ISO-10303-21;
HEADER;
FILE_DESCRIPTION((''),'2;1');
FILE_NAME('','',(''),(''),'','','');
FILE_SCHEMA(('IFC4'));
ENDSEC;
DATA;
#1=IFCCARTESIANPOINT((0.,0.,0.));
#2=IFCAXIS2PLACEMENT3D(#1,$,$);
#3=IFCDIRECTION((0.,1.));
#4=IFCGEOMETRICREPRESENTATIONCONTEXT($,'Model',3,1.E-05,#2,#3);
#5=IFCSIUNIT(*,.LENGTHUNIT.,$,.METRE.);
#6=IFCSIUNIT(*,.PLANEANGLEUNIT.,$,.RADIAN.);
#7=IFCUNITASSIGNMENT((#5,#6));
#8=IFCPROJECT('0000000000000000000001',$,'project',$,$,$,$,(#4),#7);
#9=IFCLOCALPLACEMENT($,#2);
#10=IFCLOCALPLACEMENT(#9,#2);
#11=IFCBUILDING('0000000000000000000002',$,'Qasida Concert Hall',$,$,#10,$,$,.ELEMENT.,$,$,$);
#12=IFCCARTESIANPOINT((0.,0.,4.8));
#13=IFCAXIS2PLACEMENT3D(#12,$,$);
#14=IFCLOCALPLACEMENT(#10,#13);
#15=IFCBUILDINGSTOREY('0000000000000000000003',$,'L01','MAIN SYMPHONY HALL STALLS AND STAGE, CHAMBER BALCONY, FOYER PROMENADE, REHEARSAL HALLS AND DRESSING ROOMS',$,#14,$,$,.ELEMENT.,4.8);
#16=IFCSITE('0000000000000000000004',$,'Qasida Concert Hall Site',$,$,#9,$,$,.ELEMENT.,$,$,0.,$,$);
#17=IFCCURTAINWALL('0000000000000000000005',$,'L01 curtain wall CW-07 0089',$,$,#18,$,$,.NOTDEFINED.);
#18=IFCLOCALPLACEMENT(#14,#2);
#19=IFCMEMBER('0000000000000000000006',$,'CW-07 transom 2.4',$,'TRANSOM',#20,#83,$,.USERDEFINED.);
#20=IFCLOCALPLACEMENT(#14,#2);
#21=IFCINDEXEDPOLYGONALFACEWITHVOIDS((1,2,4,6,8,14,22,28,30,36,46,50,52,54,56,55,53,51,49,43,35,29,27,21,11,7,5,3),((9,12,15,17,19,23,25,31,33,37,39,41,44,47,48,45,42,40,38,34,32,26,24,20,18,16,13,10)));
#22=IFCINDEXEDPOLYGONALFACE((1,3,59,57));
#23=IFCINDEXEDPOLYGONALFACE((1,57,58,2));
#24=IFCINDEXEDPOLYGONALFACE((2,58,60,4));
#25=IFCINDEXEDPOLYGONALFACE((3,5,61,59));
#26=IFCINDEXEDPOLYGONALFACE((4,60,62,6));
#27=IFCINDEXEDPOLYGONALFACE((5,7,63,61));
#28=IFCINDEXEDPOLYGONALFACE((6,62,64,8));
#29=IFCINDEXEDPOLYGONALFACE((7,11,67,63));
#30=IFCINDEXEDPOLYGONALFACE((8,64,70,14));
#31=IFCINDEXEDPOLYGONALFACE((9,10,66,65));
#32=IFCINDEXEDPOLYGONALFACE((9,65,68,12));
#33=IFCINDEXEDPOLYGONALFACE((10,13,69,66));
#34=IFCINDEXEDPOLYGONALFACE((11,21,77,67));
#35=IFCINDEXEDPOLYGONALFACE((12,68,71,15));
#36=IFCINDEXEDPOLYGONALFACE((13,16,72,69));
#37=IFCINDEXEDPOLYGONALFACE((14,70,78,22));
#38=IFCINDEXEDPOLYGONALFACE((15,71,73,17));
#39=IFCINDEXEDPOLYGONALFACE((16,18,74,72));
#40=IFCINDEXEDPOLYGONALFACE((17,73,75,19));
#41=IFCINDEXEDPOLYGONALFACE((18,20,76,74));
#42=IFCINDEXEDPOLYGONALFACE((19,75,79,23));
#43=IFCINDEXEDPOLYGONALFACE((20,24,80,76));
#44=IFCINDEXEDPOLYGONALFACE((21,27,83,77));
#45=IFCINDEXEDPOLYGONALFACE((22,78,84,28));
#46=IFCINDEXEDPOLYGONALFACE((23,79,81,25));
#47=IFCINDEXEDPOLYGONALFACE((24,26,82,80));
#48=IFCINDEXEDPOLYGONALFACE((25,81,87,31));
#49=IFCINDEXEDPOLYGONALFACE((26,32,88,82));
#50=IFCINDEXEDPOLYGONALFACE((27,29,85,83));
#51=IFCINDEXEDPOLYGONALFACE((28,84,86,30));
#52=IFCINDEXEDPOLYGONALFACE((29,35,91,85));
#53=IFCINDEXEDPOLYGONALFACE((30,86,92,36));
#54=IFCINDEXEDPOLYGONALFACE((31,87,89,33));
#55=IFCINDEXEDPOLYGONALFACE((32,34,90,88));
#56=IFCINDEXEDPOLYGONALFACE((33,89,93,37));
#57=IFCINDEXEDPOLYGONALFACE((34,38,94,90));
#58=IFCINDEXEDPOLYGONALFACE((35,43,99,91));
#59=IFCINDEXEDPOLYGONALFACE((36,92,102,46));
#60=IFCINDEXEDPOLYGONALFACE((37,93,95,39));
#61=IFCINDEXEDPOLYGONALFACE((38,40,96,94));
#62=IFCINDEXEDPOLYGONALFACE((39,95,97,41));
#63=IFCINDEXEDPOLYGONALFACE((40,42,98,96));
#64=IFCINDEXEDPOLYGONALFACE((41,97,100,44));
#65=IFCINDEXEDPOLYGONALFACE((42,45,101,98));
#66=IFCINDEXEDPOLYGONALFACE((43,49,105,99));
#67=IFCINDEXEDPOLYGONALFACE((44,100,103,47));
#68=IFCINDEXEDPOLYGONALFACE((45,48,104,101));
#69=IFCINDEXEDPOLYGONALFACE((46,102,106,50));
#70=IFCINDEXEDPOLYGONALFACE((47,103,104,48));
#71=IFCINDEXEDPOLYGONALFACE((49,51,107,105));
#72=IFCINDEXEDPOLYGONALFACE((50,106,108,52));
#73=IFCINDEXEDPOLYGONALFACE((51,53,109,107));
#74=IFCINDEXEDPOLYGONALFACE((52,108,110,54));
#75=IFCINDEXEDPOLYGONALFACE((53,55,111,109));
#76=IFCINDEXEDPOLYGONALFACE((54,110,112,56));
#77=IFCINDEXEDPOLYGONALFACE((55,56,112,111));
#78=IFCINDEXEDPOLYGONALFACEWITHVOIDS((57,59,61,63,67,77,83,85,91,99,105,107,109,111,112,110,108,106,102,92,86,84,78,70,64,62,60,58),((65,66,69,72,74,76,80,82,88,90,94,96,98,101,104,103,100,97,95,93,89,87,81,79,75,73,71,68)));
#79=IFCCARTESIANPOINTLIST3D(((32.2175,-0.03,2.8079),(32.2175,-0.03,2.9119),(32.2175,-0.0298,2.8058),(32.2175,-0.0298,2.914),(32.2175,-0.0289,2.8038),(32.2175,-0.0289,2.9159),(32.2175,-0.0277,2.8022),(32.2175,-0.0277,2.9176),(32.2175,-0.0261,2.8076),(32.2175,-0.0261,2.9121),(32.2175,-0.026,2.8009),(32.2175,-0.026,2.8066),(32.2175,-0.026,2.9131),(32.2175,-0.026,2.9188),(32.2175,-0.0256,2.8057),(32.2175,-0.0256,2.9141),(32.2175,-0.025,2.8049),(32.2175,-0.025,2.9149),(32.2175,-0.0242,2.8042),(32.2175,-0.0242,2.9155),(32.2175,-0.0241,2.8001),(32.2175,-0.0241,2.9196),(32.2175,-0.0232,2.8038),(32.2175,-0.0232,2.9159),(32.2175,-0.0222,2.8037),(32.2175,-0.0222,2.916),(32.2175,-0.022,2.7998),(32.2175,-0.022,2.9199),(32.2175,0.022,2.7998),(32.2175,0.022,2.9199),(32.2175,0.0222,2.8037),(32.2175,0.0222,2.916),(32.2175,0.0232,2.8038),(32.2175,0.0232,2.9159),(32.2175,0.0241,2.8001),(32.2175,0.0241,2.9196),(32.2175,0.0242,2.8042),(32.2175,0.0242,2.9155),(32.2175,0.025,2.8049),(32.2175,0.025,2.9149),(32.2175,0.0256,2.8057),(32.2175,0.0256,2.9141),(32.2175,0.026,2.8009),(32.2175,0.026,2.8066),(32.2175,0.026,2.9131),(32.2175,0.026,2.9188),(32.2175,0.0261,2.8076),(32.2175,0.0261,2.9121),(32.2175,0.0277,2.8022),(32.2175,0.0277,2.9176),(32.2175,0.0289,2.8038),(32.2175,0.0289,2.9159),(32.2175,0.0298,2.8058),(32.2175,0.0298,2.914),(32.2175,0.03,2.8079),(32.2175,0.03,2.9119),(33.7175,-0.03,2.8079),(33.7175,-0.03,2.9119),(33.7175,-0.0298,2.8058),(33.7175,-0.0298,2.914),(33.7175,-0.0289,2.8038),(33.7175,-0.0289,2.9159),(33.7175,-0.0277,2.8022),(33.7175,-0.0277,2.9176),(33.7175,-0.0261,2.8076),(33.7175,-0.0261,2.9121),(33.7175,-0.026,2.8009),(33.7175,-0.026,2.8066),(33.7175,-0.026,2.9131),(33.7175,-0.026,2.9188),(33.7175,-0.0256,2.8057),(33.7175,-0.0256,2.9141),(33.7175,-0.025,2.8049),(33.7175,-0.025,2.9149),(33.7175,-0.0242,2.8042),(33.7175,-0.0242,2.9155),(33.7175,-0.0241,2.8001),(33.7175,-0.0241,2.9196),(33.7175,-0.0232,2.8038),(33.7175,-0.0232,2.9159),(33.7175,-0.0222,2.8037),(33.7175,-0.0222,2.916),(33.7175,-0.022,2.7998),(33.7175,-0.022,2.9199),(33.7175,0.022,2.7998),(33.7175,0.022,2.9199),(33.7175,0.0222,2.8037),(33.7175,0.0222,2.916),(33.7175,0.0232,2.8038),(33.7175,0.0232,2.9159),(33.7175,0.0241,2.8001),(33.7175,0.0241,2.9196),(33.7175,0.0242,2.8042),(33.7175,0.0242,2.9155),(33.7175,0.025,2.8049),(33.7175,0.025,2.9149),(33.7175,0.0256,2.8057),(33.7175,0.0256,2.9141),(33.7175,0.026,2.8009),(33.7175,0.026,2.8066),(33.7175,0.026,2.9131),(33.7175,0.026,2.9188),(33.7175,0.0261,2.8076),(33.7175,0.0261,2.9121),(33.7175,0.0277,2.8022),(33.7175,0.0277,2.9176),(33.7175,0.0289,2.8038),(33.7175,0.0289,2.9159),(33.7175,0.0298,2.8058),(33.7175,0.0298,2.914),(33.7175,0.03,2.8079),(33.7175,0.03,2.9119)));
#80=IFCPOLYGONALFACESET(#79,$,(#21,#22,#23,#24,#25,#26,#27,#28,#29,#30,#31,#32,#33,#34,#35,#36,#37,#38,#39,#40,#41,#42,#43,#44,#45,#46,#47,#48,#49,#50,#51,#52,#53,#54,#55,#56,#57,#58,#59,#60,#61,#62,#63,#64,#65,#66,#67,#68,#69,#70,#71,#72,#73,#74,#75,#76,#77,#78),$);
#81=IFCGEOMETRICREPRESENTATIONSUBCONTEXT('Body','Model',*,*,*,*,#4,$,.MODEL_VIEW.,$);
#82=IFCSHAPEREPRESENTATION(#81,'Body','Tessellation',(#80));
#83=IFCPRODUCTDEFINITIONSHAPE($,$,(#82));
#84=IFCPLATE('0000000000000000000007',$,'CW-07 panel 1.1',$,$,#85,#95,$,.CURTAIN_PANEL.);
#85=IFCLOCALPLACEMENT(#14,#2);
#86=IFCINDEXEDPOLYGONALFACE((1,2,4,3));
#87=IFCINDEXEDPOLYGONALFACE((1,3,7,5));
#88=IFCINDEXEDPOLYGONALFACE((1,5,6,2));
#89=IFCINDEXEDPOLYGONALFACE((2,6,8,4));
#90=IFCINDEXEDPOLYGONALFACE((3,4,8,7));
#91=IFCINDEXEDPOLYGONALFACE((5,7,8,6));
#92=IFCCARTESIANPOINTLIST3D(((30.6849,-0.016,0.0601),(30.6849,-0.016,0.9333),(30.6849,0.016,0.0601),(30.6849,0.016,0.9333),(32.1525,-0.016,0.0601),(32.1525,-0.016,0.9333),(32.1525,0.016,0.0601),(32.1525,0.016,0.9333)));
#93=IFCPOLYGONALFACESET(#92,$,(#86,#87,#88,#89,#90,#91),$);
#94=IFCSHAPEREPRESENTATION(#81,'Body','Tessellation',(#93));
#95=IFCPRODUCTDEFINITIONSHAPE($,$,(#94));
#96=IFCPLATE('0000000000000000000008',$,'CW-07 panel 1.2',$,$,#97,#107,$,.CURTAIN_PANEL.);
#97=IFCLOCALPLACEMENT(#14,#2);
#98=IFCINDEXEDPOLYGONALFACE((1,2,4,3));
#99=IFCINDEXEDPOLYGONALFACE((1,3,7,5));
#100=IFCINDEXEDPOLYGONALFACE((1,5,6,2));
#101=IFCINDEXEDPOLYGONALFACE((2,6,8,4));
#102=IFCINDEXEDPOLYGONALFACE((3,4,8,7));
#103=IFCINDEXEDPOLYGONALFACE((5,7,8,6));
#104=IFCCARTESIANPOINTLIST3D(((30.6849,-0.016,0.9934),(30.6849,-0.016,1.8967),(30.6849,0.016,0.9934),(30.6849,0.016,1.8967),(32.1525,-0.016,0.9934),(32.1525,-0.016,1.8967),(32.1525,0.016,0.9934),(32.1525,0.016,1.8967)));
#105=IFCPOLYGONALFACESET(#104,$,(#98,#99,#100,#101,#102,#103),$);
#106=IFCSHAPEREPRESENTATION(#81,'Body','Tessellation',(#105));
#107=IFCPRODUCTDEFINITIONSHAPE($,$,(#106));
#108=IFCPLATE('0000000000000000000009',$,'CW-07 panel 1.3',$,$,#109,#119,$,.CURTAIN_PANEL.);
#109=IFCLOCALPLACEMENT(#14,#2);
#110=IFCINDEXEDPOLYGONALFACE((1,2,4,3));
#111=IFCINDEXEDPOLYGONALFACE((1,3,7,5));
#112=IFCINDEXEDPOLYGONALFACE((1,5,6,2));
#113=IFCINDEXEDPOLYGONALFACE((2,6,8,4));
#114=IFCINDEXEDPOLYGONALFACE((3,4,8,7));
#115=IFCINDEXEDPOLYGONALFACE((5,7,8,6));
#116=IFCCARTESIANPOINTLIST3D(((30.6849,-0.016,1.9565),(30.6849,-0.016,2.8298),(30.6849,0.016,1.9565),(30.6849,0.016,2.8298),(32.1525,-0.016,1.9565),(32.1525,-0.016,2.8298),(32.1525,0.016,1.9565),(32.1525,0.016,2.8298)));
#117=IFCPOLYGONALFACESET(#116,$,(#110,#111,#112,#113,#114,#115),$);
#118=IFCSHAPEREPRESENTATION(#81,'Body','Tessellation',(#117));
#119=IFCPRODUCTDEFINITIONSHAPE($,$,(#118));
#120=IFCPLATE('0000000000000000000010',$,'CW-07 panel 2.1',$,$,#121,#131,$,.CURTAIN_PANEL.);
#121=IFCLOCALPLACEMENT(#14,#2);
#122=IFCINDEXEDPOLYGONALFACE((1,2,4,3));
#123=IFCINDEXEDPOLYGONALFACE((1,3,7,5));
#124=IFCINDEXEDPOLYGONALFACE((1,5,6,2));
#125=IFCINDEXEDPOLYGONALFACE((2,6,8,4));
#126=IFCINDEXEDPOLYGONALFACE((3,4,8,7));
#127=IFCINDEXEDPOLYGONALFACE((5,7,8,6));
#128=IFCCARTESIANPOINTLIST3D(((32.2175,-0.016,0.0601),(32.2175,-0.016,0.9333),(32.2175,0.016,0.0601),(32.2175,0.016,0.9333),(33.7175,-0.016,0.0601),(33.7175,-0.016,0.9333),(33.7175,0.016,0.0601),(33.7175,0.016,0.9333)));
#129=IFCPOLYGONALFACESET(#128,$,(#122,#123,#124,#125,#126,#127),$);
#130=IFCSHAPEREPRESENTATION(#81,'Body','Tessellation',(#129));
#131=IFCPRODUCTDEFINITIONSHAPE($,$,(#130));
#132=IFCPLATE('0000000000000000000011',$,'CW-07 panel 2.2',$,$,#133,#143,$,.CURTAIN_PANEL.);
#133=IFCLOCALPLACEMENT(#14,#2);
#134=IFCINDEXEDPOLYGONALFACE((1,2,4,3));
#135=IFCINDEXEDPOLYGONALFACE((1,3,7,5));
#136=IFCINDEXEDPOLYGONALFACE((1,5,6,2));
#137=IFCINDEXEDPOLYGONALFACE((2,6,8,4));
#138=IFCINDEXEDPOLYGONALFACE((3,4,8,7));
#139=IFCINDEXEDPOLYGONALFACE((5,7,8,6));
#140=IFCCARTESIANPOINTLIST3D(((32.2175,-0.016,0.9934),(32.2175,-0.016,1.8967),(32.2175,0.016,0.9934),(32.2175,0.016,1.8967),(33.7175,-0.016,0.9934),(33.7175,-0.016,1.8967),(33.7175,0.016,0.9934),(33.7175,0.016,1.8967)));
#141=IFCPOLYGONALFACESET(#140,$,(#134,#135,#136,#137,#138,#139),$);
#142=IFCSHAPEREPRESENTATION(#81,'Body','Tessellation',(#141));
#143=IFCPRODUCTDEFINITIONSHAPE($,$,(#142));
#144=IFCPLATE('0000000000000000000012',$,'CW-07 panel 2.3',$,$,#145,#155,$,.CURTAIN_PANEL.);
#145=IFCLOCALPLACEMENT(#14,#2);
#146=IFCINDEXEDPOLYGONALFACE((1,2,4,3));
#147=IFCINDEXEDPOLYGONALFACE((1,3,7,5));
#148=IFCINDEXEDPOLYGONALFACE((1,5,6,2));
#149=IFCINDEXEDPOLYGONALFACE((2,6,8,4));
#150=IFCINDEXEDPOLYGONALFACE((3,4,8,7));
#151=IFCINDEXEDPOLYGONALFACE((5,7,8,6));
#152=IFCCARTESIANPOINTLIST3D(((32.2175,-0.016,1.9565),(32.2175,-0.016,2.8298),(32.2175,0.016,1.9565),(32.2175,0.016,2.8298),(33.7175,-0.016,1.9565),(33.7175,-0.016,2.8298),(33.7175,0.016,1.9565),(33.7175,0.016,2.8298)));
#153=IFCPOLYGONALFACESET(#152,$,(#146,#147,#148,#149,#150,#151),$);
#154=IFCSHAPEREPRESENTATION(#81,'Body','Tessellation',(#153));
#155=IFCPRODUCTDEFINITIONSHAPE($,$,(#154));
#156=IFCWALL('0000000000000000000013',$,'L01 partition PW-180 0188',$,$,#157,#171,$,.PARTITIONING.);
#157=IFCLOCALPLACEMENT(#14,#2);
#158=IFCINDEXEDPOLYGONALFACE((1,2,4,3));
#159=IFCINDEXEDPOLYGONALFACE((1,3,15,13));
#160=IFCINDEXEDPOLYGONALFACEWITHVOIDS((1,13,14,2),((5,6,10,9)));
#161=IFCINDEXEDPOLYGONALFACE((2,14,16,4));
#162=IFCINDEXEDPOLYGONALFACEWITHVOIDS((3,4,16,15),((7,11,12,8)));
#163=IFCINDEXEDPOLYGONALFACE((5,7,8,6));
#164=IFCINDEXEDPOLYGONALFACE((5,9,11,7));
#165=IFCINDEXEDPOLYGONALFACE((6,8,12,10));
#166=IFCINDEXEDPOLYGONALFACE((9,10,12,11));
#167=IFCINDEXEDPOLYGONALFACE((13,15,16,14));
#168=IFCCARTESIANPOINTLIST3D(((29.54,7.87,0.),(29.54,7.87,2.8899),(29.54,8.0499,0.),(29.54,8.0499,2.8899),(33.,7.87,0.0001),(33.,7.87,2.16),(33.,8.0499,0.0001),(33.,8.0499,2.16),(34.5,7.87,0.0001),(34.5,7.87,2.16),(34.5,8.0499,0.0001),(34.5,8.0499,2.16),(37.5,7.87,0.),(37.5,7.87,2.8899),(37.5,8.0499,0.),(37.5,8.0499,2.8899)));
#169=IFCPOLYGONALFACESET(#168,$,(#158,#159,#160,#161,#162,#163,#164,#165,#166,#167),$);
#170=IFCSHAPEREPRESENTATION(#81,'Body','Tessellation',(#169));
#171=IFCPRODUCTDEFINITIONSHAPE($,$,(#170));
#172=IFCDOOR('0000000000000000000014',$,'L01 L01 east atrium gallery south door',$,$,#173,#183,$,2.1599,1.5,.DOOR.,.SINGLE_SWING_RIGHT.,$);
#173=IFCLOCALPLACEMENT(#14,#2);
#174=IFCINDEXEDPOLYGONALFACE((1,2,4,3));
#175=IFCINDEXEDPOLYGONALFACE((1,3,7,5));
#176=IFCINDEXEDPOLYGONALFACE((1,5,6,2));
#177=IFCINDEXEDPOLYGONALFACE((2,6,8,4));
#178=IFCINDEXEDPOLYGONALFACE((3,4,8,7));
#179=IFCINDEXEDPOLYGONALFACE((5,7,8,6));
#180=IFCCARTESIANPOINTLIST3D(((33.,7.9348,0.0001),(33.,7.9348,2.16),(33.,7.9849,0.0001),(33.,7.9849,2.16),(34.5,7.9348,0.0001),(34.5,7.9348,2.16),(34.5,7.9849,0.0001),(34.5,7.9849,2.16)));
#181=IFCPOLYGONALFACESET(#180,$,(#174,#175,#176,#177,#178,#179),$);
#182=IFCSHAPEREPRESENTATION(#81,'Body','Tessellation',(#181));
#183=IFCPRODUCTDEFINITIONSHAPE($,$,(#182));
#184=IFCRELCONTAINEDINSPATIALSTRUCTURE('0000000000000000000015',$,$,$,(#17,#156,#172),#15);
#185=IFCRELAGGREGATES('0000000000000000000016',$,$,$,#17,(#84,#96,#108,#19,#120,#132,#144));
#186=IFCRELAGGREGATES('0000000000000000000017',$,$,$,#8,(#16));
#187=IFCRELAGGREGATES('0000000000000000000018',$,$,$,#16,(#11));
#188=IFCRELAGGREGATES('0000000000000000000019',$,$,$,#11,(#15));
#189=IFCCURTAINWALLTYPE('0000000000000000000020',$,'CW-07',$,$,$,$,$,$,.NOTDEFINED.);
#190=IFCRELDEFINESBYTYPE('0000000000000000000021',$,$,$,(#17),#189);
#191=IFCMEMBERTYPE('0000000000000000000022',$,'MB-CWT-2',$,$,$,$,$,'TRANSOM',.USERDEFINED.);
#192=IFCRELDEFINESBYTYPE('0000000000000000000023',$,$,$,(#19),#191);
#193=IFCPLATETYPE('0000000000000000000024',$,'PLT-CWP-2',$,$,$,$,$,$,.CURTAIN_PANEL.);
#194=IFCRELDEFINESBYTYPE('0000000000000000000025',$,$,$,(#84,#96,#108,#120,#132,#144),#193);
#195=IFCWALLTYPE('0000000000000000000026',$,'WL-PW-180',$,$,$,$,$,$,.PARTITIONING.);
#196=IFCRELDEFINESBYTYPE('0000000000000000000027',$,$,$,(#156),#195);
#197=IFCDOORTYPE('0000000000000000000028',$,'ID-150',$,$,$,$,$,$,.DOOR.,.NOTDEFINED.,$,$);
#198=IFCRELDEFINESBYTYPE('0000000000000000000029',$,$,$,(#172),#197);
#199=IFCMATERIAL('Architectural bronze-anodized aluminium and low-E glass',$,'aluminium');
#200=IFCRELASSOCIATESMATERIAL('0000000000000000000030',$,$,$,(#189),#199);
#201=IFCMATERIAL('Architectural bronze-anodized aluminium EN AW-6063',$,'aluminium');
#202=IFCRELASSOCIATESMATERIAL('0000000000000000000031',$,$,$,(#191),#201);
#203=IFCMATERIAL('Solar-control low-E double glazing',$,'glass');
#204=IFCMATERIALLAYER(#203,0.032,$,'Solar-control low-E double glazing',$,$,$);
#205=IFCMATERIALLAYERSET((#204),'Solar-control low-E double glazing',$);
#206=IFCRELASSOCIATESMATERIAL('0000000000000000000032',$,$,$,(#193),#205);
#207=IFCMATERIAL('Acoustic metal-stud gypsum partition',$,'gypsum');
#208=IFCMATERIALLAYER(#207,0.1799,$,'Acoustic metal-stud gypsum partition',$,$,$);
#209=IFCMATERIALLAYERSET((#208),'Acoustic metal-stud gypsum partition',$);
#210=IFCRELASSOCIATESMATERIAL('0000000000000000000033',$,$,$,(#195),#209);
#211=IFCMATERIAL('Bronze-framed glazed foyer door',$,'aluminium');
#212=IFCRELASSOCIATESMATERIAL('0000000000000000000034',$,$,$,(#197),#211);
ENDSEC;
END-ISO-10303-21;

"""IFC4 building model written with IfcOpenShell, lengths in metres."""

from ifc_helpers import new_model, si_unit, direction, frame, frame_2d, origin, origin_2d, place, context, subcontext, project, spatial, rectangle, hollow_rectangle, extrude, material, layer, layer_set, material_profile, profile_set, type_object, element, fill, aggregate, save


model = new_model("IFC4")

# Units and contexts
model_context = context("Model", 3, precision=1e-05, world=origin(), true_north=direction((0.0, 1.0)))
body_context = subcontext(model_context, "Body", "Model", "MODEL_VIEW")
ifc_project = project(units=[si_unit("LENGTHUNIT", "METRE"), si_unit("PLANEANGLEUNIT", "RADIAN")], contexts=[model_context])

# Site, building, storey
site_placement = place(None, origin())
site = spatial("IfcSite", under=ifc_project, at=site_placement, Name="Qasida Concert Hall Site", CompositionType="ELEMENT", RefElevation=0.0)
building_placement = place(site_placement, origin())
building = spatial("IfcBuilding", under=site, at=building_placement, Name="Qasida Concert Hall", CompositionType="ELEMENT")
storey_placement = place(building_placement, frame((0.0, 0.0, 4.8)))
storey = spatial("IfcBuildingStorey", under=building, at=storey_placement, Name="L01", Description="MAIN SYMPHONY HALL STALLS AND STAGE, CHAMBER BALCONY, FOYER PROMENADE, REHEARSAL HALLS AND DRESSING ROOMS", CompositionType="ELEMENT", Elevation=4.8)

# Curtain wall, member, plates
ifc_material_1 = material(Name="Architectural bronze-anodized aluminium and low-E glass", Category="aluminium")
curtain_wall_type = type_object("IfcCurtainWallType", Name="CW-07", PredefinedType="NOTDEFINED", material=ifc_material_1)
curtain_wall_placement = place(storey_placement, origin())
curtain_wall = element("IfcCurtainWall", 1, at=curtain_wall_placement, inside=storey, type_object=curtain_wall_type, Name="L01 curtain wall CW-07 0089", PredefinedType="NOTDEFINED")
ifc_material_2 = material(Name="Architectural bronze-anodized aluminium EN AW-6063", Category="aluminium")
ifc_material_profile_1 = material_profile(ifc_material_2, hollow_rectangle(XDim=0.0601, YDim=0.1201, WallThickness=0.0039, InnerFilletRadius=0.0039, OuterFilletRadius=0.0081, at=origin_2d()), Name="CWT 120x60x4")
ifc_profile_set_1 = profile_set([ifc_material_profile_1], Name="Architectural bronze-anodized aluminium EN AW-6063")
member_type_1 = type_object("IfcMemberType", Name="MB-CWT-2", ElementType="TRANSOM", PredefinedType="USERDEFINED", material=ifc_profile_set_1)
member_1_placement = place(storey_placement, frame((32.2175, 0.0, 2.8599), z_axis=(1.0, 0.0, 0.0), x_axis=(0.0, 1.0, 0.0)))
member_1 = element("IfcMember", 2, at=member_1_placement, type_object=member_type_1, Name="CW-07 transom 2.4", ObjectType="TRANSOM", PredefinedType="USERDEFINED", context=body_context, shape_type="SweptSolid", body=[
    extrude(hollow_rectangle(XDim=0.0601, YDim=0.1201, WallThickness=0.0039, InnerFilletRadius=0.0039, OuterFilletRadius=0.0081, at=origin_2d()), origin(), (0.0, 0.0, 1.0), 1.5),
])
ifc_material_3 = material(Name="Solar-control low-E double glazing", Category="glass")
ifc_layer_1 = layer(ifc_material_3, 0.032, Name="Solar-control low-E double glazing")
ifc_layer_set_1 = layer_set([ifc_layer_1], Name="Solar-control low-E double glazing")
plate_type = type_object("IfcPlateType", Name="PLT-CWP-2", PredefinedType="CURTAIN_PANEL", material=ifc_layer_set_1)
plate_1_placement = place(storey_placement, frame((31.4187, 0.0, 0.0601), z_axis=(0.0, 0.0, 1.0), x_axis=(1.0, 0.0, 0.0)))
plate_1 = element("IfcPlate", 3, at=plate_1_placement, type_object=plate_type, Name="CW-07 panel 1.1", PredefinedType="CURTAIN_PANEL", context=body_context, shape_type="SweptSolid", body=[
    extrude(rectangle(XDim=1.4675, YDim=0.032, at=origin_2d()), origin(), (0.0, 0.0, 1.0), 0.8733),
])
plate_2_placement = place(storey_placement, frame((31.4187, 0.0, 0.9934), z_axis=(0.0, 0.0, 1.0), x_axis=(1.0, 0.0, 0.0)))
plate_2 = element("IfcPlate", 4, at=plate_2_placement, type_object=plate_type, Name="CW-07 panel 1.2", PredefinedType="CURTAIN_PANEL", context=body_context, shape_type="SweptSolid", body=[
    extrude(rectangle(XDim=1.4675, YDim=0.032, at=origin_2d()), origin(), (0.0, 0.0, 1.0), 0.9033),
])
plate_3_placement = place(storey_placement, frame((31.4187, 0.0, 1.9565), z_axis=(0.0, 0.0, 1.0), x_axis=(1.0, 0.0, 0.0)))
plate_3 = element("IfcPlate", 5, at=plate_3_placement, type_object=plate_type, Name="CW-07 panel 1.3", PredefinedType="CURTAIN_PANEL", context=body_context, shape_type="SweptSolid", body=[
    extrude(rectangle(XDim=1.4675, YDim=0.032, at=origin_2d()), origin(), (0.0, 0.0, 1.0), 0.8733),
])
plate_4_placement = place(storey_placement, frame((32.9675, 0.0, 0.0601), z_axis=(0.0, 0.0, 1.0), x_axis=(1.0, 0.0, 0.0)))
plate_4 = element("IfcPlate", 6, at=plate_4_placement, type_object=plate_type, Name="CW-07 panel 2.1", PredefinedType="CURTAIN_PANEL", context=body_context, shape_type="SweptSolid", body=[
    extrude(rectangle(XDim=1.5, YDim=0.032, at=origin_2d()), origin(), (0.0, 0.0, 1.0), 0.8733),
])
plate_5_placement = place(storey_placement, frame((32.9675, 0.0, 0.9934), z_axis=(0.0, 0.0, 1.0), x_axis=(1.0, 0.0, 0.0)))
plate_5 = element("IfcPlate", 7, at=plate_5_placement, type_object=plate_type, Name="CW-07 panel 2.2", PredefinedType="CURTAIN_PANEL", context=body_context, shape_type="SweptSolid", body=[
    extrude(rectangle(XDim=1.5, YDim=0.032, at=origin_2d()), origin(), (0.0, 0.0, 1.0), 0.9033),
])
plate_6_placement = place(storey_placement, frame((32.9675, 0.0, 1.9565), z_axis=(0.0, 0.0, 1.0), x_axis=(1.0, 0.0, 0.0)))
plate_6 = element("IfcPlate", 8, at=plate_6_placement, type_object=plate_type, Name="CW-07 panel 2.3", PredefinedType="CURTAIN_PANEL", context=body_context, shape_type="SweptSolid", body=[
    extrude(rectangle(XDim=1.5, YDim=0.032, at=origin_2d()), origin(), (0.0, 0.0, 1.0), 0.8733),
])
aggregate(curtain_wall, [plate_1, plate_2, plate_3, member_1, plate_4, plate_5, plate_6])

# Wall, opening, door
ifc_material_4 = material(Name="Acoustic metal-stud gypsum partition", Category="gypsum")
ifc_layer_2 = layer(ifc_material_4, 0.1799, Name="Acoustic metal-stud gypsum partition")
ifc_layer_set_2 = layer_set([ifc_layer_2], Name="Acoustic metal-stud gypsum partition")
wall_type = type_object("IfcWallType", Name="WL-PW-180", PredefinedType="PARTITIONING", material=ifc_layer_set_2)
wall_1_placement = place(storey_placement, frame((29.54, 7.96, 0.0), z_axis=(0.0, 0.0, 1.0), x_axis=(1.0, 0.0, 0.0)))
wall_1 = element("IfcWall", 9, at=wall_1_placement, inside=storey, type_object=wall_type, Name="L01 partition PW-180 0188", PredefinedType="PARTITIONING", context=body_context, shape_type="SweptSolid", body=[
    extrude(rectangle(XDim=7.96, YDim=0.1799, at=frame_2d((3.98, 0.0))), origin(), (0.0, 0.0, 1.0), 2.8899),
])
opening_placement = place(wall_1_placement, frame((3.46, 0.0, 0.0)))
opening = element("IfcOpeningElement", 10, at=opening_placement, cuts=wall_1, PredefinedType="OPENING", context=body_context, shape_type="SweptSolid", body=[
    extrude(rectangle(XDim=1.5, YDim=2.1599, at=frame_2d((0.75, 1.0801))), frame((0.0, 0.0999, 0.0), z_axis=(0.0, -1.0, 0.0), x_axis=(1.0, 0.0, 0.0)), (0.0, 0.0, 1.0), 0.2),
])
ifc_material_5 = material(Name="Bronze-framed glazed foyer door", Category="aluminium")
door_type = type_object("IfcDoorType", Name="ID-150", OperationType="NOTDEFINED", PredefinedType="DOOR", material=ifc_material_5)
door_placement = place(opening_placement, origin())
door = element("IfcDoor", 11, at=door_placement, inside=storey, type_object=door_type, Name="L01 L01 east atrium gallery south door", OperationType="SINGLE_SWING_RIGHT", OverallHeight=2.1599, OverallWidth=1.5, PredefinedType="DOOR", context=body_context, shape_type="SweptSolid", body=[
    extrude(rectangle(XDim=1.5, YDim=2.1599, at=frame_2d((0.75, 1.0801))), frame((0.0, 0.0249, 0.0), z_axis=(0.0, -1.0, 0.0), x_axis=(1.0, 0.0, 0.0)), (0.0, 0.0, 1.0), 0.05),
])
fill(opening, door)

save(model, "model.ifc")
